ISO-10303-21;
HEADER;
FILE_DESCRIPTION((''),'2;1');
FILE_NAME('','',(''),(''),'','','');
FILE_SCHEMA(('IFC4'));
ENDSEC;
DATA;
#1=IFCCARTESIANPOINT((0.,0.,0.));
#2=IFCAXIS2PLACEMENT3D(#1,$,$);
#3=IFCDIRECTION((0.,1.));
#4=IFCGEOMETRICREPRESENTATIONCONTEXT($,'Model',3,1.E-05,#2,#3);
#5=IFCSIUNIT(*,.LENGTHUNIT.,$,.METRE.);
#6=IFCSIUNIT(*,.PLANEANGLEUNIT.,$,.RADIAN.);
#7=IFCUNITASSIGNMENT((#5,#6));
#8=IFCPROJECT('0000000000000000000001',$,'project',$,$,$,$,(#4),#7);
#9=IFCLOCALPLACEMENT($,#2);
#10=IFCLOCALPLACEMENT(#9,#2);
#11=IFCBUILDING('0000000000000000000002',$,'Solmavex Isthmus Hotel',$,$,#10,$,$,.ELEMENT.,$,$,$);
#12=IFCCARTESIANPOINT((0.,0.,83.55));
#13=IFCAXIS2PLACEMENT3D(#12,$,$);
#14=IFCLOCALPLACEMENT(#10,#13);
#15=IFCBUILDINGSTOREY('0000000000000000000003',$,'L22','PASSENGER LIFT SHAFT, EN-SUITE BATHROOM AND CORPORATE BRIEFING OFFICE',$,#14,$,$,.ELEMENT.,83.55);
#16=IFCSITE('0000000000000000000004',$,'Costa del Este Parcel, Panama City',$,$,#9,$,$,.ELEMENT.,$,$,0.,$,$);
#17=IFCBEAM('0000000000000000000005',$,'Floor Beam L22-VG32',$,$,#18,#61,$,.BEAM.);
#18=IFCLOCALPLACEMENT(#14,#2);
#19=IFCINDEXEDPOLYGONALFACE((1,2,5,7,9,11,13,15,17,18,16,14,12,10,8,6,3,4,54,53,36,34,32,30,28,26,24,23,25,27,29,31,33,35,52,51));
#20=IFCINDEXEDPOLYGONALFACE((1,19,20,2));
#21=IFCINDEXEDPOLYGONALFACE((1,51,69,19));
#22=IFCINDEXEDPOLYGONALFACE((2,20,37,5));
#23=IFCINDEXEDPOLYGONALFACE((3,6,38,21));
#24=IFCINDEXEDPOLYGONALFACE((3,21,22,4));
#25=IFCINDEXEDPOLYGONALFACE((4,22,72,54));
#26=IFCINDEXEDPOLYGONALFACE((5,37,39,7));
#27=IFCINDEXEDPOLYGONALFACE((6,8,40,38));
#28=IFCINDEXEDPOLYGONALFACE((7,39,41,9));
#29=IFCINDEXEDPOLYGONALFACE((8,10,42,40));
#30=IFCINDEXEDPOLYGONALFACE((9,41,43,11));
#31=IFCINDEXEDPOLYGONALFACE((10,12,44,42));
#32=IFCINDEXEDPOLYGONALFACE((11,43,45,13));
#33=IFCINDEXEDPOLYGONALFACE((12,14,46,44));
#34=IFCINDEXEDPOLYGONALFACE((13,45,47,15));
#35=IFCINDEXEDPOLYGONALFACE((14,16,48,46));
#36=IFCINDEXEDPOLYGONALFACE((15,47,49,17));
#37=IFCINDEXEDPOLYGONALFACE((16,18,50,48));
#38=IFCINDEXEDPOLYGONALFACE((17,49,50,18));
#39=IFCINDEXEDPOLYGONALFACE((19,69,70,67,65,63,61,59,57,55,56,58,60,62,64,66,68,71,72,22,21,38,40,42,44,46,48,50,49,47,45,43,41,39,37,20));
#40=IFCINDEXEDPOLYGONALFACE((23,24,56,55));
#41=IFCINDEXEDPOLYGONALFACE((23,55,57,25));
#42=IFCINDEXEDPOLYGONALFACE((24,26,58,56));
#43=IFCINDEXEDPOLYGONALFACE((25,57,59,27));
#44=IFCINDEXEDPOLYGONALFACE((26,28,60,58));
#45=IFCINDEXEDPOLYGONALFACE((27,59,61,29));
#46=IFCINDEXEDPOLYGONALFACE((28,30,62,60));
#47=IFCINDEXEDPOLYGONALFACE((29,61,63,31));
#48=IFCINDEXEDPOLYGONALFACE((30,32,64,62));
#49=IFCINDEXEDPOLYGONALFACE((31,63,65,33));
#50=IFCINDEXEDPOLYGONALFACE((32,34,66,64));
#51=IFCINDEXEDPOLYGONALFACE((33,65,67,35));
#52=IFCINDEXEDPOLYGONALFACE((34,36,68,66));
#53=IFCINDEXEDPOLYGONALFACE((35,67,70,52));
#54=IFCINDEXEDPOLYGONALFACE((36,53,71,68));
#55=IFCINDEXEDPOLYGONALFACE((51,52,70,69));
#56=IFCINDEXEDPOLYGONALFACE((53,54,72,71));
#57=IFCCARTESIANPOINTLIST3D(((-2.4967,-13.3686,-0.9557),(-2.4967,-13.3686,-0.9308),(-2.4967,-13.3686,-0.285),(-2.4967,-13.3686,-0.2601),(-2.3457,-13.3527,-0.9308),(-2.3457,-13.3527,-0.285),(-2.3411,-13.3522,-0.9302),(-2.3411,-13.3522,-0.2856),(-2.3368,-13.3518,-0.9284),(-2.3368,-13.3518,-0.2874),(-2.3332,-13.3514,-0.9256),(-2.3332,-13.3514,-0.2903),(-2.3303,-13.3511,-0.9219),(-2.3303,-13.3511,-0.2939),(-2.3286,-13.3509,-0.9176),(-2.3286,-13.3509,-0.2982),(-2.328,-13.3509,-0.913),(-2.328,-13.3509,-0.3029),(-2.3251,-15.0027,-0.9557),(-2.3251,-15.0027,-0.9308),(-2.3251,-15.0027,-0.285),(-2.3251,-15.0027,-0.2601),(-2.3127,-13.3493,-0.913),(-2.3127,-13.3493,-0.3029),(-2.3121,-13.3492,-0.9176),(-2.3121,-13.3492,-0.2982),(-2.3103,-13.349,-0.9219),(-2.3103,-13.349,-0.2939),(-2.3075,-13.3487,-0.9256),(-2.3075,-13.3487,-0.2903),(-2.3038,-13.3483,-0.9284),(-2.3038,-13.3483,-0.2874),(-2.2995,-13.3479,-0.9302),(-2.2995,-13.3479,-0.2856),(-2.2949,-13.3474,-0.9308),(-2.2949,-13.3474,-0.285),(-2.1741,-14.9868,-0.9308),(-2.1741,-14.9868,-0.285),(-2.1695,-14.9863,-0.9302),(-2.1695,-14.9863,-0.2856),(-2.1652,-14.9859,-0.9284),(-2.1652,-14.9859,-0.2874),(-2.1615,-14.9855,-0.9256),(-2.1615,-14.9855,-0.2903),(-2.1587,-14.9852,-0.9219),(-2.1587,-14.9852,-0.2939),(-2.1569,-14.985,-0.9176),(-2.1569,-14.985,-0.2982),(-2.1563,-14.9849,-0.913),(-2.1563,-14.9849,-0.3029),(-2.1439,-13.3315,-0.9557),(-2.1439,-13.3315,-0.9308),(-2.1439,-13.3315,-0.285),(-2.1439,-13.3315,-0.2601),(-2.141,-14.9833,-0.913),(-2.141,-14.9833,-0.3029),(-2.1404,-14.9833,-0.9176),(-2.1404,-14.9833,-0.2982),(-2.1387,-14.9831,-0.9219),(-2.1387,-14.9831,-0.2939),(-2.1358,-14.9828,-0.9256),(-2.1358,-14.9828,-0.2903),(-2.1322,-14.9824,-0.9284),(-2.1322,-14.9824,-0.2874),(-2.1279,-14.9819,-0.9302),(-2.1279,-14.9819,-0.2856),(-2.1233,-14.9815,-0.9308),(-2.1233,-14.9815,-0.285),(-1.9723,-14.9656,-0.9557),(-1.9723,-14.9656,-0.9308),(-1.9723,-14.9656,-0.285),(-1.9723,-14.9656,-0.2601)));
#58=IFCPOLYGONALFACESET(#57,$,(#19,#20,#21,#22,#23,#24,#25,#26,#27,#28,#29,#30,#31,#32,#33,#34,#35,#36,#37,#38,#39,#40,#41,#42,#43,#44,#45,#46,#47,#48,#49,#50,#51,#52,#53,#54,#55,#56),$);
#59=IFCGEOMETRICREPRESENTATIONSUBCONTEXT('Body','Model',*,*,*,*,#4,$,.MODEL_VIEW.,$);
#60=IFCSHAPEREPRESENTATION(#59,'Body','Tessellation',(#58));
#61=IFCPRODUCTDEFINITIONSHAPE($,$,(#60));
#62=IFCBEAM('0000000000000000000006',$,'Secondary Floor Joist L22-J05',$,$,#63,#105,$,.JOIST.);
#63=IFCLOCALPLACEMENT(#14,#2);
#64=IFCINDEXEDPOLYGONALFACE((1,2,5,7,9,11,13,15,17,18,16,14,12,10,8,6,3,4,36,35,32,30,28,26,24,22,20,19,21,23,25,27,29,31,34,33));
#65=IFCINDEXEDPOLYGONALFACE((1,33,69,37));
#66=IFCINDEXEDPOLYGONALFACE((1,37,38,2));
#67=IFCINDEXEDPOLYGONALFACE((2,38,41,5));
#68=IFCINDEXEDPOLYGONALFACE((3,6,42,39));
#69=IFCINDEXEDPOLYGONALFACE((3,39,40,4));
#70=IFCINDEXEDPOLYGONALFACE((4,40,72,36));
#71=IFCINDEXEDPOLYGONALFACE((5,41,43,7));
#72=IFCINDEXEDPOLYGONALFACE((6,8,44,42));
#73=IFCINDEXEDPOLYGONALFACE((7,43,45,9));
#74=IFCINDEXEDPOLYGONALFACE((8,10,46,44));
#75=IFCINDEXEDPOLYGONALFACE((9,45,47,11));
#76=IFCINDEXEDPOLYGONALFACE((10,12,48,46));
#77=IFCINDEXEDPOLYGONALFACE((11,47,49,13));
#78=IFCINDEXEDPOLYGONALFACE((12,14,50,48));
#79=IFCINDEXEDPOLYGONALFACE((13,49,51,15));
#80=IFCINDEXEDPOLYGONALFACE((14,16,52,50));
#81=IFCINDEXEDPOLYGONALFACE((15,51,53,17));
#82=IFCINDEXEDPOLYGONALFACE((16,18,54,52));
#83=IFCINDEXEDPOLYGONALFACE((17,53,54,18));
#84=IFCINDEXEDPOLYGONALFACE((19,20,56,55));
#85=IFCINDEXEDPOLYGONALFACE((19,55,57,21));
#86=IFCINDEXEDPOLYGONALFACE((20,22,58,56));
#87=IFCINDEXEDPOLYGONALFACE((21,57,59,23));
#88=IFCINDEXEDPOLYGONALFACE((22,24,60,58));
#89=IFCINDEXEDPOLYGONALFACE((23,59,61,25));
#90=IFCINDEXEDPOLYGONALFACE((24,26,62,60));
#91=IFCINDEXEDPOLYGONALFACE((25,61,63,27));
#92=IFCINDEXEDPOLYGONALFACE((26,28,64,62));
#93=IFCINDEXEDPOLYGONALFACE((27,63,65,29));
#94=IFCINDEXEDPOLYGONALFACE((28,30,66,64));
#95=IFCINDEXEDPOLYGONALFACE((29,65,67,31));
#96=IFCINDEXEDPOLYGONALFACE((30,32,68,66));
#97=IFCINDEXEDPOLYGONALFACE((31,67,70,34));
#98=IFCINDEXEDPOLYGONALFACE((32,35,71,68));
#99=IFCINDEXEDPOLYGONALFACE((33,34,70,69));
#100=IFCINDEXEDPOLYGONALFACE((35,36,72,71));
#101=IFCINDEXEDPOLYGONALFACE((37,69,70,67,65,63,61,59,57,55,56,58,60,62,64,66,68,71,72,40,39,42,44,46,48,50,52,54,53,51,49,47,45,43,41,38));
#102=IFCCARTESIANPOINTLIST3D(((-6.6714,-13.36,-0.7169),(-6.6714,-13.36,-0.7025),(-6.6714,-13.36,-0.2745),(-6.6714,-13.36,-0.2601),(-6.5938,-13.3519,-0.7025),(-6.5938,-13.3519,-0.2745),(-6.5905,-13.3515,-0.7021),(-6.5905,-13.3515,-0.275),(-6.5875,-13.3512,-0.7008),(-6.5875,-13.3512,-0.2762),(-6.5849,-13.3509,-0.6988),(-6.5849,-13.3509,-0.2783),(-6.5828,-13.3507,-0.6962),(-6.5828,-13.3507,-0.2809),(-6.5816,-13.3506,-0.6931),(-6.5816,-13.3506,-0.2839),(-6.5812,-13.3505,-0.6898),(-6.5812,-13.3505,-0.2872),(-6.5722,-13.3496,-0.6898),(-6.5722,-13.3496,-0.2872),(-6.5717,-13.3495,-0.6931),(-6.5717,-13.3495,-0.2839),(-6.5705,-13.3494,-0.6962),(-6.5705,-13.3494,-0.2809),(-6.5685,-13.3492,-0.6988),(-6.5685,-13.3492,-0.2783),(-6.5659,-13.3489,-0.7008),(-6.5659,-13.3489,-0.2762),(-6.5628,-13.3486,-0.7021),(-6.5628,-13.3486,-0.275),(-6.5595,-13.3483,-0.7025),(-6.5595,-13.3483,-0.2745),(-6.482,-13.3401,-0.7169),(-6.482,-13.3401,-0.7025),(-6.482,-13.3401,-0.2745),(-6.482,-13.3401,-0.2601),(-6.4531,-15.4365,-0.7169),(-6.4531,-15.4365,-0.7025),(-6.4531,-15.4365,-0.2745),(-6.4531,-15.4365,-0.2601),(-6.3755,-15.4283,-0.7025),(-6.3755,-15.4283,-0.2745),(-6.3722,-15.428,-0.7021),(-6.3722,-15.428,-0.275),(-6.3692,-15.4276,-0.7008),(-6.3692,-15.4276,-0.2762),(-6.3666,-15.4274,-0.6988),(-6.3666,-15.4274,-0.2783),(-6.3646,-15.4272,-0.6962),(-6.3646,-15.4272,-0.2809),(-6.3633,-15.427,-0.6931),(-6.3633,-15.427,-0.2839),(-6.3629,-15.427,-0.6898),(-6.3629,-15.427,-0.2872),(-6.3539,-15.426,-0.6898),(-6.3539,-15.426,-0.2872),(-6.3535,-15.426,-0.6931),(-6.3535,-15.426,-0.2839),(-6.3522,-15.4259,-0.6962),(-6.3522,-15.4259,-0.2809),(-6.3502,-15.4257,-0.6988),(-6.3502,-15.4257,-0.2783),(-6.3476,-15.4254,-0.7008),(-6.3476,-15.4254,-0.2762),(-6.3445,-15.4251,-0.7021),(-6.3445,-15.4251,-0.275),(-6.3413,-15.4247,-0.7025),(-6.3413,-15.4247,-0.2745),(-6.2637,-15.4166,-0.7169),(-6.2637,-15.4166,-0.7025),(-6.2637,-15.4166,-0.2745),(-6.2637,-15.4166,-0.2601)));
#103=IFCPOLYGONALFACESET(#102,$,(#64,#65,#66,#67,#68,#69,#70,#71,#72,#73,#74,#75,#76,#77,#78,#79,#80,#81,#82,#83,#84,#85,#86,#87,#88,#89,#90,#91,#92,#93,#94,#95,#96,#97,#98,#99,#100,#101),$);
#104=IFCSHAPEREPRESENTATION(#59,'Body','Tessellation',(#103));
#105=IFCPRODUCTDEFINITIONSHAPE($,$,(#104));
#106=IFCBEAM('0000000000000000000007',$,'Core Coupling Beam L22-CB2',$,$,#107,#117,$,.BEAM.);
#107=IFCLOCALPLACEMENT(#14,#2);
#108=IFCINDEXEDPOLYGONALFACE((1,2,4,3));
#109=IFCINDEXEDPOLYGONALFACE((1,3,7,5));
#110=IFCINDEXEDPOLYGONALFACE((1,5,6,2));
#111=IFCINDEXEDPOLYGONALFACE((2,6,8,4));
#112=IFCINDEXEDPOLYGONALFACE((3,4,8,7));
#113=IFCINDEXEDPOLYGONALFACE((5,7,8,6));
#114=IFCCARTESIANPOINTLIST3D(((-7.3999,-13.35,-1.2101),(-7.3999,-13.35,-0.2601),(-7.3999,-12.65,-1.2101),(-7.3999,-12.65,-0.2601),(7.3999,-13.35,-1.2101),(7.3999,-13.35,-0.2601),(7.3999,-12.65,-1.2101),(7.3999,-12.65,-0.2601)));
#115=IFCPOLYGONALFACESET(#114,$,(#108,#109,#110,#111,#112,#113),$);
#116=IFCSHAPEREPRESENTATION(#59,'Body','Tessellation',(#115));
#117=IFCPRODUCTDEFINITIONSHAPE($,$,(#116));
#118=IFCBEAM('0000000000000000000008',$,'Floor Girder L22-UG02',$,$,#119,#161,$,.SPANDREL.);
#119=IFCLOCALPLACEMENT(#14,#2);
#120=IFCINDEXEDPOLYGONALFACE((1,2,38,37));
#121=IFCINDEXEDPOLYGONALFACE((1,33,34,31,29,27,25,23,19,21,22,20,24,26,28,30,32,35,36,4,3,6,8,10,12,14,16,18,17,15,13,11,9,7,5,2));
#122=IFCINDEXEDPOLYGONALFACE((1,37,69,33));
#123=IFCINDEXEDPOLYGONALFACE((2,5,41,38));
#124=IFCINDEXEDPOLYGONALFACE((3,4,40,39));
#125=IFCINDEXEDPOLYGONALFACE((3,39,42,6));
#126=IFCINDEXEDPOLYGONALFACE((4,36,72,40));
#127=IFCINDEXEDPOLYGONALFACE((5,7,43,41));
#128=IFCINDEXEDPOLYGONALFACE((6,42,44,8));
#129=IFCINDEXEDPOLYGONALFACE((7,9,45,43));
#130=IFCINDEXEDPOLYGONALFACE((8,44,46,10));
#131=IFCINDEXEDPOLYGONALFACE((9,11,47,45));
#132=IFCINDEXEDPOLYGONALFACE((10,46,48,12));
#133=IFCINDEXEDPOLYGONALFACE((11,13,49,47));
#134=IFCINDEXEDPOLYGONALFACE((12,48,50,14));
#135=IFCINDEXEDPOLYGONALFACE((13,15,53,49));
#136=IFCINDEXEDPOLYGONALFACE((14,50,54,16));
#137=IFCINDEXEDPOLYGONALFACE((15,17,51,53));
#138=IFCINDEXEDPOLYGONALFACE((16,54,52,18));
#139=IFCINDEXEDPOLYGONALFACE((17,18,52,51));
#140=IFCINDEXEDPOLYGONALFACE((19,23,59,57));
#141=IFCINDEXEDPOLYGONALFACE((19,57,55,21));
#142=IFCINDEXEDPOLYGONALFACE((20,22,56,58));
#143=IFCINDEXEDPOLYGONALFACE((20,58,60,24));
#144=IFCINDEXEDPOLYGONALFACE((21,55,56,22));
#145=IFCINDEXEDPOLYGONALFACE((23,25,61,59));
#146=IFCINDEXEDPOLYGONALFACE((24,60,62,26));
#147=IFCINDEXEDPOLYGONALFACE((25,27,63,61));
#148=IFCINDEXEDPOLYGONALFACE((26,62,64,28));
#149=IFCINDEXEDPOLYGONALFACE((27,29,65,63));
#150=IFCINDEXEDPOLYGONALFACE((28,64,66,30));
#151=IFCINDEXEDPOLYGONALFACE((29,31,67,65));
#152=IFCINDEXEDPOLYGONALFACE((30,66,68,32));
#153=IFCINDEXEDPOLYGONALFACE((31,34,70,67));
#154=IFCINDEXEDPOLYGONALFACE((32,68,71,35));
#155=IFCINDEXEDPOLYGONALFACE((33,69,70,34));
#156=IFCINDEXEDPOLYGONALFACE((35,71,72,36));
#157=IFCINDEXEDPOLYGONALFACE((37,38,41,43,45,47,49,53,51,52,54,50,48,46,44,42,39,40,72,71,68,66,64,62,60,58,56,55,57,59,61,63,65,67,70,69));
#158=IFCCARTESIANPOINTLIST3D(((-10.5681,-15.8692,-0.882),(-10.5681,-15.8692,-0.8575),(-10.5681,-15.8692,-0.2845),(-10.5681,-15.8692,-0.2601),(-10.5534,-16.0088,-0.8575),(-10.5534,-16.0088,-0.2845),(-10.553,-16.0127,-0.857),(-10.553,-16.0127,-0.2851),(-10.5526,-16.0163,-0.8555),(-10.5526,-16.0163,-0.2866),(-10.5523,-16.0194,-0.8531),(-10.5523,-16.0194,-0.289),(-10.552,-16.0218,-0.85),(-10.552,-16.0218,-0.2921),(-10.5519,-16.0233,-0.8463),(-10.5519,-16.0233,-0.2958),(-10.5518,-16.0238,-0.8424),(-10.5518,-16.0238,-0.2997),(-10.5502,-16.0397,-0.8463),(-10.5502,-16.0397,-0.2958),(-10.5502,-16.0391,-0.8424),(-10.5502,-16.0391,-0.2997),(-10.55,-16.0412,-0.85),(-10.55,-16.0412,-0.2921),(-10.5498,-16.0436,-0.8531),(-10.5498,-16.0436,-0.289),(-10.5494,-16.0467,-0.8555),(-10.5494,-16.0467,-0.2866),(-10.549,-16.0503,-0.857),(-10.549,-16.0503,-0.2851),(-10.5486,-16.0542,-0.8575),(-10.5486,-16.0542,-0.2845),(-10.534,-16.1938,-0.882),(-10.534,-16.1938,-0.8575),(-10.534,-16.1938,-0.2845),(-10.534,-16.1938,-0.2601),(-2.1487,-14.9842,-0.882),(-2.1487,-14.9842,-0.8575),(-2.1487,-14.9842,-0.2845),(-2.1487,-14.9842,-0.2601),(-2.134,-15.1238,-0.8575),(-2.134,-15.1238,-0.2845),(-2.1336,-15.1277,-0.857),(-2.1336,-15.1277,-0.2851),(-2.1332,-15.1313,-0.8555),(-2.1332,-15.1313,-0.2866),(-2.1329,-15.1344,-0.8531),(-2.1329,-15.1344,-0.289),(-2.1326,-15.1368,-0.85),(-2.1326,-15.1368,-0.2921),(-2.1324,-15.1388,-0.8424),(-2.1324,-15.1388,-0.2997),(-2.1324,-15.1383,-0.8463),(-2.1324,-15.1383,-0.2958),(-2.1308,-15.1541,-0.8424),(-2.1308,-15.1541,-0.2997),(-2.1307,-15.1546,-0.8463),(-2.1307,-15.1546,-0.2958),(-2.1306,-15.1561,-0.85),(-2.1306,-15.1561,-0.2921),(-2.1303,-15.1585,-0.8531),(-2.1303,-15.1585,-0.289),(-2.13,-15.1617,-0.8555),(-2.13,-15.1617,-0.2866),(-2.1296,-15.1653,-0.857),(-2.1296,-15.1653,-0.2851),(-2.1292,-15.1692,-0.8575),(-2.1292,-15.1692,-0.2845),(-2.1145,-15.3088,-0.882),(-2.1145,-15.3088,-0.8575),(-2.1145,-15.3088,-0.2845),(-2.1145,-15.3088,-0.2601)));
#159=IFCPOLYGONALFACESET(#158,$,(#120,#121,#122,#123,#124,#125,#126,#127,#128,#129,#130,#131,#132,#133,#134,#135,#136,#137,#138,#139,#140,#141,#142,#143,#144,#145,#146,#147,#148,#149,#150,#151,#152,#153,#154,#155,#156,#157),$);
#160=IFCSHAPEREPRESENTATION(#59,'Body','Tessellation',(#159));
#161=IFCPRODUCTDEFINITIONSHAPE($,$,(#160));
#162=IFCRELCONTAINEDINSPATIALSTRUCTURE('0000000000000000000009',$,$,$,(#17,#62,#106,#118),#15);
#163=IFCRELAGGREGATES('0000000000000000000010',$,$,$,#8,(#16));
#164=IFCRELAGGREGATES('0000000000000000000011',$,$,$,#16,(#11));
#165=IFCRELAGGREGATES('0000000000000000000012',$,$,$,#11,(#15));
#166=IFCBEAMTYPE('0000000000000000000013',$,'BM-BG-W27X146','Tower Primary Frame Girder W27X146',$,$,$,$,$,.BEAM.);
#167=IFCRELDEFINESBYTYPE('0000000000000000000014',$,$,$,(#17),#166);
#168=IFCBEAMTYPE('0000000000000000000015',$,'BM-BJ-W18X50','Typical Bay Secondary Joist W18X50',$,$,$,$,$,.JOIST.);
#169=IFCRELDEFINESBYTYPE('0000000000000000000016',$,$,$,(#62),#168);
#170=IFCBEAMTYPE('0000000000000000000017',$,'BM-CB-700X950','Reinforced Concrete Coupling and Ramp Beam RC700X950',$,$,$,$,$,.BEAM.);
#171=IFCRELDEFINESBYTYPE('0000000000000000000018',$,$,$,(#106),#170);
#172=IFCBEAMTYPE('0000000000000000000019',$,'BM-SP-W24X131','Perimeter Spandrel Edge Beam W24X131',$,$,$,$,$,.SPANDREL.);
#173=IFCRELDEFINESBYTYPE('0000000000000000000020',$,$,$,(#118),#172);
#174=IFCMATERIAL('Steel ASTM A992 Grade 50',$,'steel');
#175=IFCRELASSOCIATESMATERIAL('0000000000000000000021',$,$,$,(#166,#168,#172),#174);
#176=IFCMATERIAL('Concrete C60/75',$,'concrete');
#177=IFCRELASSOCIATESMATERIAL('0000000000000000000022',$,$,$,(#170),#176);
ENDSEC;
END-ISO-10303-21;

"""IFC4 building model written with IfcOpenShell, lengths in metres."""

from ifc_helpers import new_model, si_unit, direction, frame, origin, origin_2d, place, context, subcontext, project, spatial, rectangle, i_section, extrude, material, material_profile, profile_set, type_object, element, save


model = new_model("IFC4")

# Units and contexts
model_context = context("Model", 3, precision=1e-05, world=origin(), true_north=direction((0.0, 1.0)))
body_context = subcontext(model_context, "Body", "Model", "MODEL_VIEW")
ifc_project = project(units=[si_unit("LENGTHUNIT", "METRE"), si_unit("PLANEANGLEUNIT", "RADIAN")], contexts=[model_context])

# Site, building, storey
site_placement = place(None, origin())
site = spatial("IfcSite", under=ifc_project, at=site_placement, Name="Costa del Este Parcel, Panama City", CompositionType="ELEMENT", RefElevation=0.0)
building_placement = place(site_placement, origin())
building = spatial("IfcBuilding", under=site, at=building_placement, Name="Solmavex Isthmus Hotel", CompositionType="ELEMENT")
storey_placement = place(building_placement, frame((0.0, 0.0, 83.55)))
storey = spatial("IfcBuildingStorey", under=building, at=storey_placement, Name="L22", Description="PASSENGER LIFT SHAFT, EN-SUITE BATHROOM AND CORPORATE BRIEFING OFFICE", CompositionType="ELEMENT", Elevation=83.55)

# Shared definitions
ifc_material_1 = material(Name="Concrete C60/75", Category="concrete")

# Beams
ifc_material_2 = material(Name="Steel ASTM A992 Grade 50", Category="steel")
ifc_material_profile_1 = material_profile(ifc_material_2, i_section(OverallWidth=0.3547, OverallDepth=0.6956, WebThickness=0.0154, FlangeThickness=0.0249, FilletRadius=0.0178, at=origin_2d()), Name="W27X146")
ifc_profile_set_1 = profile_set([ifc_material_profile_1], Name="Steel ASTM A992 Grade 50")
beam_type_1 = type_object("IfcBeamType", Name="BM-BG-W27X146", Description="Tower Primary Frame Girder W27X146", PredefinedType="BEAM", material=ifc_profile_set_1)
beam_1_placement = place(storey_placement, frame((-2.1487, -14.9841, -0.6079), z_axis=(-0.10446, 0.994529, 0.0), x_axis=(-0.994529, -0.10446, 0.0)))
element("IfcBeam", 1, at=beam_1_placement, inside=storey, type_object=beam_type_1, Name="Floor Beam L22-VG32", PredefinedType="BEAM", context=body_context, shape_type="SweptSolid", body=[
    extrude(i_section(OverallWidth=0.3547, OverallDepth=0.6956, WebThickness=0.0154, FlangeThickness=0.0249, FilletRadius=0.0178, at=origin_2d()), origin(), (0.0, 0.0, 1.0), 1.6431),
])
ifc_material_profile_2 = material_profile(ifc_material_2, i_section(OverallWidth=0.1904, OverallDepth=0.4568, WebThickness=0.009, FlangeThickness=0.0144, FilletRadius=0.0127, at=origin_2d()), Name="W18X50")
ifc_profile_set_2 = profile_set([ifc_material_profile_2], Name="Steel ASTM A992 Grade 50")
beam_type_2 = type_object("IfcBeamType", Name="BM-BJ-W18X50", Description="Typical Bay Secondary Joist W18X50", PredefinedType="JOIST", material=ifc_profile_set_2)
beam_2_placement = place(storey_placement, frame((-6.3584, -15.4265, -0.4885), z_axis=(-0.104539, 0.994521, 0.0), x_axis=(-0.994521, -0.104539, 0.0)))
element("IfcBeam", 2, at=beam_2_placement, inside=storey, type_object=beam_type_2, Name="Secondary Floor Joist L22-J05", PredefinedType="JOIST", context=body_context, shape_type="SweptSolid", body=[
    extrude(i_section(OverallWidth=0.1904, OverallDepth=0.4568, WebThickness=0.009, FlangeThickness=0.0144, FilletRadius=0.0127, at=origin_2d()), origin(), (0.0, 0.0, 1.0), 2.0879),
])
ifc_material_profile_3 = material_profile(ifc_material_1, rectangle(XDim=0.7, YDim=0.95, at=origin_2d()), Name="RC700X950")
ifc_profile_set_3 = profile_set([ifc_material_profile_3], Name="Concrete C60/75")
beam_type_3 = type_object("IfcBeamType", Name="BM-CB-700X950", Description="Reinforced Concrete Coupling and Ramp Beam RC700X950", PredefinedType="BEAM", material=ifc_profile_set_3)
beam_3_placement = place(storey_placement, frame((-7.3999, -13.0, -0.7351), z_axis=(1.0, 0.0, 0.0), x_axis=(0.0, 1.0, 0.0)))
element("IfcBeam", 3, at=beam_3_placement, inside=storey, type_object=beam_type_3, Name="Core Coupling Beam L22-CB2", PredefinedType="BEAM", context=body_context, shape_type="SweptSolid", body=[
    extrude(rectangle(XDim=0.7, YDim=0.95, at=origin_2d()), origin(), (0.0, 0.0, 1.0), 14.7998),
])
ifc_material_profile_4 = material_profile(ifc_material_2, i_section(OverallWidth=0.3264, OverallDepth=0.6218, WebThickness=0.0154, FlangeThickness=0.0244, FilletRadius=0.0151, at=origin_2d()), Name="W24X131")
ifc_profile_set_4 = profile_set([ifc_material_profile_4], Name="Steel ASTM A992 Grade 50")
beam_type_4 = type_object("IfcBeamType", Name="BM-SP-W24X131", Description="Perimeter Spandrel Edge Beam W24X131", PredefinedType="SPANDREL", material=ifc_profile_set_4)
beam_4_placement = place(storey_placement, frame((-10.551, -16.0315, -0.571), z_axis=(0.994521, 0.104539, 0.0), x_axis=(-0.104539, 0.994521, 0.0)))
element("IfcBeam", 4, at=beam_4_placement, inside=storey, type_object=beam_type_4, Name="Floor Girder L22-UG02", PredefinedType="SPANDREL", context=body_context, shape_type="SweptSolid", body=[
    extrude(i_section(OverallWidth=0.3264, OverallDepth=0.6218, WebThickness=0.0154, FlangeThickness=0.0244, FilletRadius=0.0151, at=origin_2d()), origin(), (0.0, 0.0, 1.0), 8.4658),
])

save(model, "model.ifc")
